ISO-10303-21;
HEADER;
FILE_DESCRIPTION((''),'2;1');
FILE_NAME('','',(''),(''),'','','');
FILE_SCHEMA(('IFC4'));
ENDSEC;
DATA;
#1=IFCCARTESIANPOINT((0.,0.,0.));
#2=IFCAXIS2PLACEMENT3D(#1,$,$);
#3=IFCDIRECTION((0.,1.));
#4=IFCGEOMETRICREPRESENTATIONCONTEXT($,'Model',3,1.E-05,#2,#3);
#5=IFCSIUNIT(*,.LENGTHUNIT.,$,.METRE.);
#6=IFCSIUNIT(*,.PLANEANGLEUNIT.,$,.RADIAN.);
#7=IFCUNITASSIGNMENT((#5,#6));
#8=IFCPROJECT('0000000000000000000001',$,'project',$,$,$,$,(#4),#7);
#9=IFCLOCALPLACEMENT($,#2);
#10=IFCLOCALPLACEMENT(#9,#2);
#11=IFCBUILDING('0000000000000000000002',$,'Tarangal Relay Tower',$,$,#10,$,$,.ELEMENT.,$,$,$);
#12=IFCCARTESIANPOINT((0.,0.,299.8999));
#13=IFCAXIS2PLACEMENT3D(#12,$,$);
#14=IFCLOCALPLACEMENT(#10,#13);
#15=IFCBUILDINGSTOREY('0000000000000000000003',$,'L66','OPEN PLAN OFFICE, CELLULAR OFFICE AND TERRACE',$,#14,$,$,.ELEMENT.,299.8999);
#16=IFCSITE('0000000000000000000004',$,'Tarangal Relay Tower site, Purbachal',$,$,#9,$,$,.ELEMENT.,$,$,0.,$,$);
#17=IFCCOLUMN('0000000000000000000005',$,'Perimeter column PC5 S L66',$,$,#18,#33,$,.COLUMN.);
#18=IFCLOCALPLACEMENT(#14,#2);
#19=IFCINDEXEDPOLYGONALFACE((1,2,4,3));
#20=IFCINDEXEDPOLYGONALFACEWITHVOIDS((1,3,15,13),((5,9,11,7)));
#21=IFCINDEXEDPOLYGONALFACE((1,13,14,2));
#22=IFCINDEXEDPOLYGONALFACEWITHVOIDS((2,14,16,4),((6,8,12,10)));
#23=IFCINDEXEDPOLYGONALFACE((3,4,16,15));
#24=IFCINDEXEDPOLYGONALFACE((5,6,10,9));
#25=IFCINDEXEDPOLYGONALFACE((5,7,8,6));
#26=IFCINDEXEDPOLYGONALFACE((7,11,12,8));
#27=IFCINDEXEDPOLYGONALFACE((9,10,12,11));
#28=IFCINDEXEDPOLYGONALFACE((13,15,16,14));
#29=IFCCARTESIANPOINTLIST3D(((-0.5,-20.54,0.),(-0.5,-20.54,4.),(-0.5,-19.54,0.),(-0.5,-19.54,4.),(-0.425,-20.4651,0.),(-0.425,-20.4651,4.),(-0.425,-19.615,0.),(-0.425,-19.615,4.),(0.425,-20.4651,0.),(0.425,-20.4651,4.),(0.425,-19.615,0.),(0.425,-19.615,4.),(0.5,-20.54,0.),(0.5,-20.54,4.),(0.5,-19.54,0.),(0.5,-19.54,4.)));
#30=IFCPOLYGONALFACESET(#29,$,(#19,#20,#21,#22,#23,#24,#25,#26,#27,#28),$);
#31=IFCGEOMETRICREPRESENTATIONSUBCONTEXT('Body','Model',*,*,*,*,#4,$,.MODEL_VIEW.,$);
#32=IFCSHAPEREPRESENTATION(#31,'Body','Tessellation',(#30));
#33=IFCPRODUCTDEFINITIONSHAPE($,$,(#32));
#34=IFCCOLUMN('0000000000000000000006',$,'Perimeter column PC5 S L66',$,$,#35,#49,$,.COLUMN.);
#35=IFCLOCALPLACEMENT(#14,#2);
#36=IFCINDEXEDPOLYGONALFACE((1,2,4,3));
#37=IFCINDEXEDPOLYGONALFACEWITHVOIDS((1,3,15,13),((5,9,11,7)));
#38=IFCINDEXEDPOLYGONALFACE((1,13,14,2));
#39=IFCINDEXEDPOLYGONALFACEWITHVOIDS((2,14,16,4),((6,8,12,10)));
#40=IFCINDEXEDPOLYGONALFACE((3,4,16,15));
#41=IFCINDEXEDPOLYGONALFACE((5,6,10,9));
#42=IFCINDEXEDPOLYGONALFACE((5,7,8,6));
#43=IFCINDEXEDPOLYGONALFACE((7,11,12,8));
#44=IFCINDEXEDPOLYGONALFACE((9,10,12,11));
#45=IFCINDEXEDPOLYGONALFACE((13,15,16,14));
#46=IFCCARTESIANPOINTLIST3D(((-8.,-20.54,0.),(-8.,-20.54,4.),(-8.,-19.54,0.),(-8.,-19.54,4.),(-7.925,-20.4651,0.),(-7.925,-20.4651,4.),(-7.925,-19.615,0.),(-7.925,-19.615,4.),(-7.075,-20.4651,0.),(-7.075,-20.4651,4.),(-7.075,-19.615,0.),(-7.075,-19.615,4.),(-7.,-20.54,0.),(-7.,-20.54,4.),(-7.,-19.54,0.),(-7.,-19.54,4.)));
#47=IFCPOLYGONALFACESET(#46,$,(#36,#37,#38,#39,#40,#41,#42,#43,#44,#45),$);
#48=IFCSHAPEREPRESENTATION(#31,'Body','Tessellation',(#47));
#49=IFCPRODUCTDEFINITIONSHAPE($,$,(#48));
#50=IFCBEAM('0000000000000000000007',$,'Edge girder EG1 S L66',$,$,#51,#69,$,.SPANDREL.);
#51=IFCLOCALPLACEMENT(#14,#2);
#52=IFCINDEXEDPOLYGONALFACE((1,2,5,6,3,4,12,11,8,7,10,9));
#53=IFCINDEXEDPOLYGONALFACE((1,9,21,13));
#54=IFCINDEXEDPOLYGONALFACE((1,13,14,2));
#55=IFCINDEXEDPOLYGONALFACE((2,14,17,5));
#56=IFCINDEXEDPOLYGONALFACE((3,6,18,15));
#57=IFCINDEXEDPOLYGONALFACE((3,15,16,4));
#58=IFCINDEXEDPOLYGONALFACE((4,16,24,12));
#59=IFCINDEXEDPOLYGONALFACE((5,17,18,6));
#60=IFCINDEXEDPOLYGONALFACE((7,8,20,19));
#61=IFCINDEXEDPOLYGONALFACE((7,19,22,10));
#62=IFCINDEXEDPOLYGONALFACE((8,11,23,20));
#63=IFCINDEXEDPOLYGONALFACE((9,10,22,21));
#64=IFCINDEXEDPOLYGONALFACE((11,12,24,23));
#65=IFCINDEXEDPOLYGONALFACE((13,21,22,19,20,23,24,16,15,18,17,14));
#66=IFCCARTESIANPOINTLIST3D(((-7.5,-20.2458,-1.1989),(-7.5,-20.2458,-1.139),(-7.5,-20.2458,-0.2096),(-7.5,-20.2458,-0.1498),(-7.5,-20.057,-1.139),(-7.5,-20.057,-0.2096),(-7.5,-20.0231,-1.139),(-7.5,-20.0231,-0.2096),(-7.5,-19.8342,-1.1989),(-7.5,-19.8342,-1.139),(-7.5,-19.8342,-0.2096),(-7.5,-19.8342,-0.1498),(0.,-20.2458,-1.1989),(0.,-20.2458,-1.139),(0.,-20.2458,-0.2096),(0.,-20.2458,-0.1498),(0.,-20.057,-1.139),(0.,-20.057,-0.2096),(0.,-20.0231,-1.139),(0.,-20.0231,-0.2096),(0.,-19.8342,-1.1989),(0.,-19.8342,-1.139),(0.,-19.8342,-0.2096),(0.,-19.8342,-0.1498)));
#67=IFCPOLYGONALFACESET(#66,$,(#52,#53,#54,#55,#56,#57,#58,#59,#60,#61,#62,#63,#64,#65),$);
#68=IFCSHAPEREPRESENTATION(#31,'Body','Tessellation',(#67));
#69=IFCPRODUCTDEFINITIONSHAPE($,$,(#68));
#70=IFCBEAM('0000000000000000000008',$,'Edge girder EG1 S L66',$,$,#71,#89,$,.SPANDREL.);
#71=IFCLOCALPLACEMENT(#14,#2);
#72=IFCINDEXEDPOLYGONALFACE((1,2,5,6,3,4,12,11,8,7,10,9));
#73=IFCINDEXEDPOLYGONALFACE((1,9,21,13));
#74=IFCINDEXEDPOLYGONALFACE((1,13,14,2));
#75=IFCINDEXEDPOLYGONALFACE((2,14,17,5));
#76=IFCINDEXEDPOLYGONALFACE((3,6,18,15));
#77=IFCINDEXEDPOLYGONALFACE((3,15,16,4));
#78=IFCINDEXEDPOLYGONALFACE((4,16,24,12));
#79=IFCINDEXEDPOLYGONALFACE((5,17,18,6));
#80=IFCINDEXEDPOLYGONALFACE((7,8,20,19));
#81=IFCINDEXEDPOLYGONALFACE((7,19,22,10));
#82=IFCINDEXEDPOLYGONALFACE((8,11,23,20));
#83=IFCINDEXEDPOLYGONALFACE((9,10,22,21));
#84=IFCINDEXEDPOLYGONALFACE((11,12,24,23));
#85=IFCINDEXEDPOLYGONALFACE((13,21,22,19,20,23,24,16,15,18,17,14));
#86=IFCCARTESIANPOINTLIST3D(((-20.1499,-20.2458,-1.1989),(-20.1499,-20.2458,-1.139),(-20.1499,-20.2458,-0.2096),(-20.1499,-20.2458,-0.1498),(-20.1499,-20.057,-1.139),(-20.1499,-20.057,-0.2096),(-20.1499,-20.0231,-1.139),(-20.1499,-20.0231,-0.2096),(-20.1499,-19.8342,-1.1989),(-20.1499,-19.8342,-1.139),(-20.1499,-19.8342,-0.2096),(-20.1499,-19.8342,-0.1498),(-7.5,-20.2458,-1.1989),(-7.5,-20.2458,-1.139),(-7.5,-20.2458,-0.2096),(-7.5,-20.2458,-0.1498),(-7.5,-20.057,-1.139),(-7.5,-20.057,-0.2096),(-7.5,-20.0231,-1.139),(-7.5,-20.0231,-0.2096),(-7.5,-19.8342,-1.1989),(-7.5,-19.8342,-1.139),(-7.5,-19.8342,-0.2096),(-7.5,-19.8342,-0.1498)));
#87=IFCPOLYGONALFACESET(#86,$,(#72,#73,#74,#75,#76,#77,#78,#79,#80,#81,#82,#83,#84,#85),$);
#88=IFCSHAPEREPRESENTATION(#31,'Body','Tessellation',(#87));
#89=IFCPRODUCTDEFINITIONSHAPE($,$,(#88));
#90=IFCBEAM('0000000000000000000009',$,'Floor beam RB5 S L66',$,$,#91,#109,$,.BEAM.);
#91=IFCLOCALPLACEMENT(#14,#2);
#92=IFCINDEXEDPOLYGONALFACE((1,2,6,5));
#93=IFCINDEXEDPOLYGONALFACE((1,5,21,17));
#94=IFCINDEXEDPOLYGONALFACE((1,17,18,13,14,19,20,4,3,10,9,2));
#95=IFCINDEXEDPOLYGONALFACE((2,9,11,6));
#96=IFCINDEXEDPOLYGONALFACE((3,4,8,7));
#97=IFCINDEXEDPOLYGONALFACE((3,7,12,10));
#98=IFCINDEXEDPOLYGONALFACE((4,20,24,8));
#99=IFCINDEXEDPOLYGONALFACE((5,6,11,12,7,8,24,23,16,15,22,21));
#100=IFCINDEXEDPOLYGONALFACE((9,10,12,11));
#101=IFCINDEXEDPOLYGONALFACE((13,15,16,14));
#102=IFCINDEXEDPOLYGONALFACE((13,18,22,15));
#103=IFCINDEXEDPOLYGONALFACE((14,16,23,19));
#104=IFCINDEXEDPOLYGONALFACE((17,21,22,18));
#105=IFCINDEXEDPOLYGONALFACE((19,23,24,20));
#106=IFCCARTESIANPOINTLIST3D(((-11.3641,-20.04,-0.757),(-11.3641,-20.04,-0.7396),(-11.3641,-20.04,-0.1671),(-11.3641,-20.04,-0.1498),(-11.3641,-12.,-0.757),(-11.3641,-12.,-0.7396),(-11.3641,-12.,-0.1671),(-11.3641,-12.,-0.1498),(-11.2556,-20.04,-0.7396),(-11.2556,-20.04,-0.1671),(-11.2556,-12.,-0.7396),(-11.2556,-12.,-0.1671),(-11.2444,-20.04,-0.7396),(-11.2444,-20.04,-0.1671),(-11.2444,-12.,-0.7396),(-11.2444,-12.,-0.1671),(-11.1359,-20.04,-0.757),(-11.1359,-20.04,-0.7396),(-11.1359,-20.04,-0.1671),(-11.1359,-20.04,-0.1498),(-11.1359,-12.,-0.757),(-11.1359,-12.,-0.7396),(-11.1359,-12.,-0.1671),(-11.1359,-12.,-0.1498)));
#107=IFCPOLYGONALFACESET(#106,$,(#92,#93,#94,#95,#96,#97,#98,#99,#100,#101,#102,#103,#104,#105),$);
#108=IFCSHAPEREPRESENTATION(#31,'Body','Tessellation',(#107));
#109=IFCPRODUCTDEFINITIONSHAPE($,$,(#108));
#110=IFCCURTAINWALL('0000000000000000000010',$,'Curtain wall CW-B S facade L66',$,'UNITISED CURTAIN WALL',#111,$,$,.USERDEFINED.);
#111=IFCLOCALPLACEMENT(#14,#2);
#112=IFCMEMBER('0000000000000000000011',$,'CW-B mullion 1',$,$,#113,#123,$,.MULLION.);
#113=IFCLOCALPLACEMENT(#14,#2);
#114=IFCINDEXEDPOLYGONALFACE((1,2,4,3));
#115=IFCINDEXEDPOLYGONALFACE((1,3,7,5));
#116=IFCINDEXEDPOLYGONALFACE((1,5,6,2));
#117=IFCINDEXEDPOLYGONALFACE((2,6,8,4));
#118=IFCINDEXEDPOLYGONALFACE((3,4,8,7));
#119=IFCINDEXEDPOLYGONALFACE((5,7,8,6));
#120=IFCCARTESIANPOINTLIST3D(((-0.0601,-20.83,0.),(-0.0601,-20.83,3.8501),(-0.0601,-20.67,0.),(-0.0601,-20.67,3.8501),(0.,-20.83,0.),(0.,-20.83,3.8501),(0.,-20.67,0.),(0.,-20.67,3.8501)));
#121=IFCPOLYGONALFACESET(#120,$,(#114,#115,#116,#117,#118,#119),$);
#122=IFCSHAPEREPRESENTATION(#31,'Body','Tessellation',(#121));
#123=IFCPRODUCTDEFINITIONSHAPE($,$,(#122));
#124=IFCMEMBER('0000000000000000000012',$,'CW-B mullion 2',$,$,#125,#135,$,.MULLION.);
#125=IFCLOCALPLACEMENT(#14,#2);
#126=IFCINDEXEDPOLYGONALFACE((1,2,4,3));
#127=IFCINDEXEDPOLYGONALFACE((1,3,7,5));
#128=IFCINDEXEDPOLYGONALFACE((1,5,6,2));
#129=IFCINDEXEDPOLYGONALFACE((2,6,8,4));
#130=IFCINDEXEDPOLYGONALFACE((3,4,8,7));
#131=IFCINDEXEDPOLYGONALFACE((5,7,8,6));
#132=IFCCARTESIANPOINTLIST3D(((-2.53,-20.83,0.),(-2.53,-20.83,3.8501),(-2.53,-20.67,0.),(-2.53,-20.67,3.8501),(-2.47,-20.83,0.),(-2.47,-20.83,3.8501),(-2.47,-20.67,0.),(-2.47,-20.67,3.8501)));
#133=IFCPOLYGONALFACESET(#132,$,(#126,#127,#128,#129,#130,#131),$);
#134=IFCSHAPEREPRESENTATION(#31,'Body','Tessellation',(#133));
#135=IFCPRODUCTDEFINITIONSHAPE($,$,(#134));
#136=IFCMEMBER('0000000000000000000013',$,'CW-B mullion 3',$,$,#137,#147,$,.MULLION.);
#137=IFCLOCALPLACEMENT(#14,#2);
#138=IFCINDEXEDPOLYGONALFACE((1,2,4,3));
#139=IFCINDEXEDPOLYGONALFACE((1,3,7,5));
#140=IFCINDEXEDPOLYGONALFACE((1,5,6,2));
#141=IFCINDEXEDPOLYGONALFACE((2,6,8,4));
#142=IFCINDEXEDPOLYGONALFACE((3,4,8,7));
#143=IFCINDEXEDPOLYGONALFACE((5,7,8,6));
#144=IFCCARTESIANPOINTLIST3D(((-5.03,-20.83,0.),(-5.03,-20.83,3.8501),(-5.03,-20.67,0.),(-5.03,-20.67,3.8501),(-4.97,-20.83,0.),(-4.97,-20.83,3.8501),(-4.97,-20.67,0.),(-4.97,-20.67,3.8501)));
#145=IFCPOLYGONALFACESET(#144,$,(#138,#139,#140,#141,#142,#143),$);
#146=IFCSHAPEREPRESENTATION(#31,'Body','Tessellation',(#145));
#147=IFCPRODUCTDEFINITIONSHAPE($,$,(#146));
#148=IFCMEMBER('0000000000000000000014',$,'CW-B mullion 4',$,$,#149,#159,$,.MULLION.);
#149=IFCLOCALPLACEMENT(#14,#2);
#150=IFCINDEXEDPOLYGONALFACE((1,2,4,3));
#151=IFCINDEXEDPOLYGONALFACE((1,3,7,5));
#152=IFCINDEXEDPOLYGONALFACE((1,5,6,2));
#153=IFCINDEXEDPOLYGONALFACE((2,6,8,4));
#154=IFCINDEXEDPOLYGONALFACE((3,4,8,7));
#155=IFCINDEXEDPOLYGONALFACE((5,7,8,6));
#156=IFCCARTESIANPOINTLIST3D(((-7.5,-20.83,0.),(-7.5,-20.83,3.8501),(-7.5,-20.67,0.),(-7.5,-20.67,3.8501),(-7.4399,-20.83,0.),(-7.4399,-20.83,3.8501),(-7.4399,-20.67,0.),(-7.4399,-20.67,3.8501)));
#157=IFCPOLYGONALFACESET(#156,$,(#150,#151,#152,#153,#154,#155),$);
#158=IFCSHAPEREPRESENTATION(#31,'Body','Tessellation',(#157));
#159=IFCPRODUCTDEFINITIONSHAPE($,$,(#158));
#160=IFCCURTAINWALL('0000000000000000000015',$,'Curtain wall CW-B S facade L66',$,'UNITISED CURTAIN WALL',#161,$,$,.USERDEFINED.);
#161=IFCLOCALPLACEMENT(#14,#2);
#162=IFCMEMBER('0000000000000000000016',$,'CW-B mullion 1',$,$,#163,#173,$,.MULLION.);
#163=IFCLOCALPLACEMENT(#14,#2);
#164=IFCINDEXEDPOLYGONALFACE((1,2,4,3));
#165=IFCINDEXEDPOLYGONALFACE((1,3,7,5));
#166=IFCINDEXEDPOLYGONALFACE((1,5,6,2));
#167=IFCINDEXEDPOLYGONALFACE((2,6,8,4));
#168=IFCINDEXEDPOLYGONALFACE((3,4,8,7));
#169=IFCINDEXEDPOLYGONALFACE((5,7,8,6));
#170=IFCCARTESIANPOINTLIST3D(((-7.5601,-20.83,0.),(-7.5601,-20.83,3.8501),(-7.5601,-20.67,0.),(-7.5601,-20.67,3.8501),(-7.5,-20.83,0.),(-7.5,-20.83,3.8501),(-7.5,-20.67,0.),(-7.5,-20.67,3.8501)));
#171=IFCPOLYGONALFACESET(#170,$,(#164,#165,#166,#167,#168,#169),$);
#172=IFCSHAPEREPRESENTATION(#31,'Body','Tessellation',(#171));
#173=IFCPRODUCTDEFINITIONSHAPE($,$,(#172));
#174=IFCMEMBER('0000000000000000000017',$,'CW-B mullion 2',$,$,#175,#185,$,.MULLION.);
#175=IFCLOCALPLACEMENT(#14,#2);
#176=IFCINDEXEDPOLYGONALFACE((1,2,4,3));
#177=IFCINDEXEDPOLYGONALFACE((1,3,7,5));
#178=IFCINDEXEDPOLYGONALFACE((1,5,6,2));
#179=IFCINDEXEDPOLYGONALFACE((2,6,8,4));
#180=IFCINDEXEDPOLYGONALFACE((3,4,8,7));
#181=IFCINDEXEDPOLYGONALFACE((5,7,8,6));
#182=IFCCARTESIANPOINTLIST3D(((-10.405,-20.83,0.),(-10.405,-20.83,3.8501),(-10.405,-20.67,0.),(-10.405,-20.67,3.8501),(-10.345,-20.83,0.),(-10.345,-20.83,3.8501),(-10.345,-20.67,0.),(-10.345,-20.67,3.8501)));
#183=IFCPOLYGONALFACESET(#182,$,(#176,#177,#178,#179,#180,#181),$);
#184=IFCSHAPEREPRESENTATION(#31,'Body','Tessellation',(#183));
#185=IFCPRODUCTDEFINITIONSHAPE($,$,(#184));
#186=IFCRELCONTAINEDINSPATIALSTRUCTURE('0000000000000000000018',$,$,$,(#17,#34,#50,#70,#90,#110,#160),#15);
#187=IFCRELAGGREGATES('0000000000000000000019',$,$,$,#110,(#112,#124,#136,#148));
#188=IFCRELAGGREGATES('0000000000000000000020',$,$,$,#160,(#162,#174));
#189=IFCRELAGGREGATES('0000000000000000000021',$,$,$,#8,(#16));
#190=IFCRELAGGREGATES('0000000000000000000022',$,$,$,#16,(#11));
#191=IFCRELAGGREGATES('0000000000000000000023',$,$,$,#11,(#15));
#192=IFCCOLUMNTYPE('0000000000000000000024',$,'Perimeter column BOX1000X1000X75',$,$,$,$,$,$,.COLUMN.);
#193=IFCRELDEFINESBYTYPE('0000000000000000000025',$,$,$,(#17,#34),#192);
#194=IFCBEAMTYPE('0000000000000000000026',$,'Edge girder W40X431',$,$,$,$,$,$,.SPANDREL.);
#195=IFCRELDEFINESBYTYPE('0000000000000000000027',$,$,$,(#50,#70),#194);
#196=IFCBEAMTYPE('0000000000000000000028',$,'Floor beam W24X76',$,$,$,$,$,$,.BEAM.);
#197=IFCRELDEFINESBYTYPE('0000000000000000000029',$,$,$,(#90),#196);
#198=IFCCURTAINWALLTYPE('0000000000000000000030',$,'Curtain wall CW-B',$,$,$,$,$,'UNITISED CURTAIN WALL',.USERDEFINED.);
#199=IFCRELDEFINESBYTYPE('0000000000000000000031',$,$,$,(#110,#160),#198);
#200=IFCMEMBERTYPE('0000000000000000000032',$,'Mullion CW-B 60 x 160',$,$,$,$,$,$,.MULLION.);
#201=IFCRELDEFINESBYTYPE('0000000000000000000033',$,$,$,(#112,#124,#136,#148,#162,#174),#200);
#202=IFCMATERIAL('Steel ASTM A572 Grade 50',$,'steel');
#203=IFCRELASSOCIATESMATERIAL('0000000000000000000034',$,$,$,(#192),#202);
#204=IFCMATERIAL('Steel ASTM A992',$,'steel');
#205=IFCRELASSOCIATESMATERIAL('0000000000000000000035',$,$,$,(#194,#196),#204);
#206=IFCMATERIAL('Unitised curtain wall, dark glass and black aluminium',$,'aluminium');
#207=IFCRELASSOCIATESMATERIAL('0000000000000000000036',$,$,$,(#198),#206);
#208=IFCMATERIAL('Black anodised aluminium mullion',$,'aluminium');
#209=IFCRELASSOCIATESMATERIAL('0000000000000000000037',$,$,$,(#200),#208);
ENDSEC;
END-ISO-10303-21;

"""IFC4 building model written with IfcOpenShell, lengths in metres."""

from ifc_helpers import new_model, si_unit, direction, frame, origin, origin_2d, place, context, subcontext, project, spatial, rectangle, hollow_rectangle, i_section, extrude, material, material_profile, profile_set, type_object, element, aggregate, save


model = new_model("IFC4")

# Units and contexts
model_context = context("Model", 3, precision=1e-05, world=origin(), true_north=direction((0.0, 1.0)))
body_context = subcontext(model_context, "Body", "Model", "MODEL_VIEW")
ifc_project = project(units=[si_unit("LENGTHUNIT", "METRE"), si_unit("PLANEANGLEUNIT", "RADIAN")], contexts=[model_context])

# Site, building, storey
site_placement = place(None, origin())
site = spatial("IfcSite", under=ifc_project, at=site_placement, Name="Tarangal Relay Tower site, Purbachal", CompositionType="ELEMENT", RefElevation=0.0)
building_placement = place(site_placement, origin())
building = spatial("IfcBuilding", under=site, at=building_placement, Name="Tarangal Relay Tower", CompositionType="ELEMENT")
storey_placement = place(building_placement, frame((0.0, 0.0, 299.8999)))
storey = spatial("IfcBuildingStorey", under=building, at=storey_placement, Name="L66", Description="OPEN PLAN OFFICE, CELLULAR OFFICE AND TERRACE", CompositionType="ELEMENT", Elevation=299.8999)

# Columns
ifc_material_1 = material(Name="Steel ASTM A572 Grade 50", Category="steel")
ifc_material_profile_1 = material_profile(ifc_material_1, hollow_rectangle(XDim=1.0, YDim=1.0, WallThickness=0.075, at=origin_2d()), Name="BOX1000X1000X75")
ifc_profile_set_1 = profile_set([ifc_material_profile_1], Name="Steel ASTM A572 Grade 50")
column_type = type_object("IfcColumnType", Name="Perimeter column BOX1000X1000X75", PredefinedType="COLUMN", material=ifc_profile_set_1)
for number, where, z_axis, x_axis, name in (
    (1, (0.0, -20.04, 0.0), (0.0, 0.0, 1.0), (1.0, 0.0, 0.0), "Perimeter column PC5 S L66"),
    (2, (-7.5, -20.04, 0.0), (0.0, 0.0, 1.0), (1.0, 0.0, 0.0), "Perimeter column PC5 S L66"),
):
    element("IfcColumn", number, at=place(storey_placement, frame(where, z_axis=z_axis, x_axis=x_axis)), inside=storey, type_object=column_type, Name=name, PredefinedType="COLUMN", context=body_context, shape_type="SweptSolid", body=[
        extrude(hollow_rectangle(XDim=1.0, YDim=1.0, WallThickness=0.075, at=origin_2d()), origin(), (0.0, 0.0, 1.0), 4.0),
    ])

# Beams
ifc_material_2 = material(Name="Steel ASTM A992", Category="steel")
ifc_material_profile_2 = material_profile(ifc_material_2, i_section(OverallWidth=0.4116, OverallDepth=1.0491, WebThickness=0.0339, FlangeThickness=0.0598, at=origin_2d()), Name="W40X431")
ifc_profile_set_2 = profile_set([ifc_material_profile_2], Name="Steel ASTM A992")
beam_type_1 = type_object("IfcBeamType", Name="Edge girder W40X431", PredefinedType="SPANDREL", material=ifc_profile_set_2)
beam_1_placement = place(storey_placement, frame((0.0, -20.04, -0.6743), z_axis=(-1.0, 0.0, 0.0), x_axis=(0.0, -1.0, 0.0)))
element("IfcBeam", 3, at=beam_1_placement, inside=storey, type_object=beam_type_1, Name="Edge girder EG1 S L66", PredefinedType="SPANDREL", context=body_context, shape_type="SweptSolid", body=[
    extrude(i_section(OverallWidth=0.4116, OverallDepth=1.0491, WebThickness=0.0339, FlangeThickness=0.0598, at=origin_2d()), origin(), (0.0, 0.0, 1.0), 7.5),
])
beam_2_placement = place(storey_placement, frame((-7.5, -20.04, -0.6743), z_axis=(-1.0, 0.0, 0.0), x_axis=(0.0, -1.0, 0.0)))
element("IfcBeam", 4, at=beam_2_placement, inside=storey, type_object=beam_type_1, Name="Edge girder EG1 S L66", PredefinedType="SPANDREL", context=body_context, shape_type="SweptSolid", body=[
    extrude(i_section(OverallWidth=0.4116, OverallDepth=1.0491, WebThickness=0.0339, FlangeThickness=0.0598, at=origin_2d()), origin(), (0.0, 0.0, 1.0), 12.6499),
])
ifc_material_profile_3 = material_profile(ifc_material_2, i_section(OverallWidth=0.2283, OverallDepth=0.6072, WebThickness=0.0112, FlangeThickness=0.0173, at=origin_2d()), Name="W24X76")
ifc_profile_set_3 = profile_set([ifc_material_profile_3], Name="Steel ASTM A992")
beam_type_2 = type_object("IfcBeamType", Name="Floor beam W24X76", PredefinedType="BEAM", material=ifc_profile_set_3)
beam_3_placement = place(storey_placement, frame((-11.25, -12.0, -0.4534), z_axis=(0.0, -1.0, 0.0), x_axis=(1.0, 0.0, 0.0)))
element("IfcBeam", 5, at=beam_3_placement, inside=storey, type_object=beam_type_2, Name="Floor beam RB5 S L66", PredefinedType="BEAM", context=body_context, shape_type="SweptSolid", body=[
    extrude(i_section(OverallWidth=0.2283, OverallDepth=0.6072, WebThickness=0.0112, FlangeThickness=0.0173, at=origin_2d()), origin(), (0.0, 0.0, 1.0), 8.04),
])

# Curtain walls, members
ifc_material_3 = material(Name="Unitised curtain wall, dark glass and black aluminium", Category="aluminium")
curtain_wall_type = type_object("IfcCurtainWallType", Name="Curtain wall CW-B", ElementType="UNITISED CURTAIN WALL", PredefinedType="USERDEFINED", material=ifc_material_3)
curtain_wall_1_placement = place(storey_placement, origin())
curtain_wall_1 = element("IfcCurtainWall", 6, at=curtain_wall_1_placement, inside=storey, type_object=curtain_wall_type, Name="Curtain wall CW-B S facade L66", ObjectType="UNITISED CURTAIN WALL", PredefinedType="USERDEFINED")
ifc_material_4 = material(Name="Black anodised aluminium mullion", Category="aluminium")
ifc_material_profile_4 = material_profile(ifc_material_4, rectangle(XDim=0.1599, YDim=0.0601, at=origin_2d()), Name="CW-BM 60X160")
ifc_profile_set_4 = profile_set([ifc_material_profile_4], Name="Black anodised aluminium mullion")
member_type_1 = type_object("IfcMemberType", Name="Mullion CW-B 60 x 160", PredefinedType="MULLION", material=ifc_profile_set_4)
member_1_placement = place(storey_placement, frame((-0.03, -20.75, 0.0), z_axis=(0.0, 0.0, 1.0), x_axis=(0.0, -1.0, 0.0)))
member_1 = element("IfcMember", 7, at=member_1_placement, type_object=member_type_1, Name="CW-B mullion 1", PredefinedType="MULLION", context=body_context, shape_type="SweptSolid", body=[
    extrude(rectangle(XDim=0.1599, YDim=0.0601, at=origin_2d()), origin(), (0.0, 0.0, 1.0), 3.8501),
])
member_2_placement = place(storey_placement, frame((-2.5, -20.75, 0.0), z_axis=(0.0, 0.0, 1.0), x_axis=(0.0, -1.0, 0.0)))
member_2 = element("IfcMember", 8, at=member_2_placement, type_object=member_type_1, Name="CW-B mullion 2", PredefinedType="MULLION", context=body_context, shape_type="SweptSolid", body=[
    extrude(rectangle(XDim=0.1599, YDim=0.0601, at=origin_2d()), origin(), (0.0, 0.0, 1.0), 3.8501),
])
member_3_placement = place(storey_placement, frame((-5.0, -20.75, 0.0), z_axis=(0.0, 0.0, 1.0), x_axis=(0.0, -1.0, 0.0)))
member_3 = element("IfcMember", 9, at=member_3_placement, type_object=member_type_1, Name="CW-B mullion 3", PredefinedType="MULLION", context=body_context, shape_type="SweptSolid", body=[
    extrude(rectangle(XDim=0.1599, YDim=0.0601, at=origin_2d()), origin(), (0.0, 0.0, 1.0), 3.8501),
])
member_4_placement = place(storey_placement, frame((-7.47, -20.75, 0.0), z_axis=(0.0, 0.0, 1.0), x_axis=(0.0, -1.0, 0.0)))
member_4 = element("IfcMember", 10, at=member_4_placement, type_object=member_type_1, Name="CW-B mullion 4", PredefinedType="MULLION", context=body_context, shape_type="SweptSolid", body=[
    extrude(rectangle(XDim=0.1599, YDim=0.0601, at=origin_2d()), origin(), (0.0, 0.0, 1.0), 3.8501),
])
curtain_wall_2_placement = place(storey_placement, origin())
curtain_wall_2 = element("IfcCurtainWall", 11, at=curtain_wall_2_placement, inside=storey, type_object=curtain_wall_type, Name="Curtain wall CW-B S facade L66", ObjectType="UNITISED CURTAIN WALL", PredefinedType="USERDEFINED")
member_5_placement = place(storey_placement, frame((-7.53, -20.75, 0.0), z_axis=(0.0, 0.0, 1.0), x_axis=(0.0, -1.0, 0.0)))
member_5 = element("IfcMember", 12, at=member_5_placement, type_object=member_type_1, Name="CW-B mullion 1", PredefinedType="MULLION", context=body_context, shape_type="SweptSolid", body=[
    extrude(rectangle(XDim=0.1599, YDim=0.0601, at=origin_2d()), origin(), (0.0, 0.0, 1.0), 3.8501),
])
member_6_placement = place(storey_placement, frame((-10.375, -20.75, 0.0), z_axis=(0.0, 0.0, 1.0), x_axis=(0.0, -1.0, 0.0)))
member_6 = element("IfcMember", 13, at=member_6_placement, type_object=member_type_1, Name="CW-B mullion 2", PredefinedType="MULLION", context=body_context, shape_type="SweptSolid", body=[
    extrude(rectangle(XDim=0.1599, YDim=0.0601, at=origin_2d()), origin(), (0.0, 0.0, 1.0), 3.8501),
])

aggregate(curtain_wall_1, [member_1, member_2, member_3, member_4])
aggregate(curtain_wall_2, [member_5, member_6])

save(model, "model.ifc")
